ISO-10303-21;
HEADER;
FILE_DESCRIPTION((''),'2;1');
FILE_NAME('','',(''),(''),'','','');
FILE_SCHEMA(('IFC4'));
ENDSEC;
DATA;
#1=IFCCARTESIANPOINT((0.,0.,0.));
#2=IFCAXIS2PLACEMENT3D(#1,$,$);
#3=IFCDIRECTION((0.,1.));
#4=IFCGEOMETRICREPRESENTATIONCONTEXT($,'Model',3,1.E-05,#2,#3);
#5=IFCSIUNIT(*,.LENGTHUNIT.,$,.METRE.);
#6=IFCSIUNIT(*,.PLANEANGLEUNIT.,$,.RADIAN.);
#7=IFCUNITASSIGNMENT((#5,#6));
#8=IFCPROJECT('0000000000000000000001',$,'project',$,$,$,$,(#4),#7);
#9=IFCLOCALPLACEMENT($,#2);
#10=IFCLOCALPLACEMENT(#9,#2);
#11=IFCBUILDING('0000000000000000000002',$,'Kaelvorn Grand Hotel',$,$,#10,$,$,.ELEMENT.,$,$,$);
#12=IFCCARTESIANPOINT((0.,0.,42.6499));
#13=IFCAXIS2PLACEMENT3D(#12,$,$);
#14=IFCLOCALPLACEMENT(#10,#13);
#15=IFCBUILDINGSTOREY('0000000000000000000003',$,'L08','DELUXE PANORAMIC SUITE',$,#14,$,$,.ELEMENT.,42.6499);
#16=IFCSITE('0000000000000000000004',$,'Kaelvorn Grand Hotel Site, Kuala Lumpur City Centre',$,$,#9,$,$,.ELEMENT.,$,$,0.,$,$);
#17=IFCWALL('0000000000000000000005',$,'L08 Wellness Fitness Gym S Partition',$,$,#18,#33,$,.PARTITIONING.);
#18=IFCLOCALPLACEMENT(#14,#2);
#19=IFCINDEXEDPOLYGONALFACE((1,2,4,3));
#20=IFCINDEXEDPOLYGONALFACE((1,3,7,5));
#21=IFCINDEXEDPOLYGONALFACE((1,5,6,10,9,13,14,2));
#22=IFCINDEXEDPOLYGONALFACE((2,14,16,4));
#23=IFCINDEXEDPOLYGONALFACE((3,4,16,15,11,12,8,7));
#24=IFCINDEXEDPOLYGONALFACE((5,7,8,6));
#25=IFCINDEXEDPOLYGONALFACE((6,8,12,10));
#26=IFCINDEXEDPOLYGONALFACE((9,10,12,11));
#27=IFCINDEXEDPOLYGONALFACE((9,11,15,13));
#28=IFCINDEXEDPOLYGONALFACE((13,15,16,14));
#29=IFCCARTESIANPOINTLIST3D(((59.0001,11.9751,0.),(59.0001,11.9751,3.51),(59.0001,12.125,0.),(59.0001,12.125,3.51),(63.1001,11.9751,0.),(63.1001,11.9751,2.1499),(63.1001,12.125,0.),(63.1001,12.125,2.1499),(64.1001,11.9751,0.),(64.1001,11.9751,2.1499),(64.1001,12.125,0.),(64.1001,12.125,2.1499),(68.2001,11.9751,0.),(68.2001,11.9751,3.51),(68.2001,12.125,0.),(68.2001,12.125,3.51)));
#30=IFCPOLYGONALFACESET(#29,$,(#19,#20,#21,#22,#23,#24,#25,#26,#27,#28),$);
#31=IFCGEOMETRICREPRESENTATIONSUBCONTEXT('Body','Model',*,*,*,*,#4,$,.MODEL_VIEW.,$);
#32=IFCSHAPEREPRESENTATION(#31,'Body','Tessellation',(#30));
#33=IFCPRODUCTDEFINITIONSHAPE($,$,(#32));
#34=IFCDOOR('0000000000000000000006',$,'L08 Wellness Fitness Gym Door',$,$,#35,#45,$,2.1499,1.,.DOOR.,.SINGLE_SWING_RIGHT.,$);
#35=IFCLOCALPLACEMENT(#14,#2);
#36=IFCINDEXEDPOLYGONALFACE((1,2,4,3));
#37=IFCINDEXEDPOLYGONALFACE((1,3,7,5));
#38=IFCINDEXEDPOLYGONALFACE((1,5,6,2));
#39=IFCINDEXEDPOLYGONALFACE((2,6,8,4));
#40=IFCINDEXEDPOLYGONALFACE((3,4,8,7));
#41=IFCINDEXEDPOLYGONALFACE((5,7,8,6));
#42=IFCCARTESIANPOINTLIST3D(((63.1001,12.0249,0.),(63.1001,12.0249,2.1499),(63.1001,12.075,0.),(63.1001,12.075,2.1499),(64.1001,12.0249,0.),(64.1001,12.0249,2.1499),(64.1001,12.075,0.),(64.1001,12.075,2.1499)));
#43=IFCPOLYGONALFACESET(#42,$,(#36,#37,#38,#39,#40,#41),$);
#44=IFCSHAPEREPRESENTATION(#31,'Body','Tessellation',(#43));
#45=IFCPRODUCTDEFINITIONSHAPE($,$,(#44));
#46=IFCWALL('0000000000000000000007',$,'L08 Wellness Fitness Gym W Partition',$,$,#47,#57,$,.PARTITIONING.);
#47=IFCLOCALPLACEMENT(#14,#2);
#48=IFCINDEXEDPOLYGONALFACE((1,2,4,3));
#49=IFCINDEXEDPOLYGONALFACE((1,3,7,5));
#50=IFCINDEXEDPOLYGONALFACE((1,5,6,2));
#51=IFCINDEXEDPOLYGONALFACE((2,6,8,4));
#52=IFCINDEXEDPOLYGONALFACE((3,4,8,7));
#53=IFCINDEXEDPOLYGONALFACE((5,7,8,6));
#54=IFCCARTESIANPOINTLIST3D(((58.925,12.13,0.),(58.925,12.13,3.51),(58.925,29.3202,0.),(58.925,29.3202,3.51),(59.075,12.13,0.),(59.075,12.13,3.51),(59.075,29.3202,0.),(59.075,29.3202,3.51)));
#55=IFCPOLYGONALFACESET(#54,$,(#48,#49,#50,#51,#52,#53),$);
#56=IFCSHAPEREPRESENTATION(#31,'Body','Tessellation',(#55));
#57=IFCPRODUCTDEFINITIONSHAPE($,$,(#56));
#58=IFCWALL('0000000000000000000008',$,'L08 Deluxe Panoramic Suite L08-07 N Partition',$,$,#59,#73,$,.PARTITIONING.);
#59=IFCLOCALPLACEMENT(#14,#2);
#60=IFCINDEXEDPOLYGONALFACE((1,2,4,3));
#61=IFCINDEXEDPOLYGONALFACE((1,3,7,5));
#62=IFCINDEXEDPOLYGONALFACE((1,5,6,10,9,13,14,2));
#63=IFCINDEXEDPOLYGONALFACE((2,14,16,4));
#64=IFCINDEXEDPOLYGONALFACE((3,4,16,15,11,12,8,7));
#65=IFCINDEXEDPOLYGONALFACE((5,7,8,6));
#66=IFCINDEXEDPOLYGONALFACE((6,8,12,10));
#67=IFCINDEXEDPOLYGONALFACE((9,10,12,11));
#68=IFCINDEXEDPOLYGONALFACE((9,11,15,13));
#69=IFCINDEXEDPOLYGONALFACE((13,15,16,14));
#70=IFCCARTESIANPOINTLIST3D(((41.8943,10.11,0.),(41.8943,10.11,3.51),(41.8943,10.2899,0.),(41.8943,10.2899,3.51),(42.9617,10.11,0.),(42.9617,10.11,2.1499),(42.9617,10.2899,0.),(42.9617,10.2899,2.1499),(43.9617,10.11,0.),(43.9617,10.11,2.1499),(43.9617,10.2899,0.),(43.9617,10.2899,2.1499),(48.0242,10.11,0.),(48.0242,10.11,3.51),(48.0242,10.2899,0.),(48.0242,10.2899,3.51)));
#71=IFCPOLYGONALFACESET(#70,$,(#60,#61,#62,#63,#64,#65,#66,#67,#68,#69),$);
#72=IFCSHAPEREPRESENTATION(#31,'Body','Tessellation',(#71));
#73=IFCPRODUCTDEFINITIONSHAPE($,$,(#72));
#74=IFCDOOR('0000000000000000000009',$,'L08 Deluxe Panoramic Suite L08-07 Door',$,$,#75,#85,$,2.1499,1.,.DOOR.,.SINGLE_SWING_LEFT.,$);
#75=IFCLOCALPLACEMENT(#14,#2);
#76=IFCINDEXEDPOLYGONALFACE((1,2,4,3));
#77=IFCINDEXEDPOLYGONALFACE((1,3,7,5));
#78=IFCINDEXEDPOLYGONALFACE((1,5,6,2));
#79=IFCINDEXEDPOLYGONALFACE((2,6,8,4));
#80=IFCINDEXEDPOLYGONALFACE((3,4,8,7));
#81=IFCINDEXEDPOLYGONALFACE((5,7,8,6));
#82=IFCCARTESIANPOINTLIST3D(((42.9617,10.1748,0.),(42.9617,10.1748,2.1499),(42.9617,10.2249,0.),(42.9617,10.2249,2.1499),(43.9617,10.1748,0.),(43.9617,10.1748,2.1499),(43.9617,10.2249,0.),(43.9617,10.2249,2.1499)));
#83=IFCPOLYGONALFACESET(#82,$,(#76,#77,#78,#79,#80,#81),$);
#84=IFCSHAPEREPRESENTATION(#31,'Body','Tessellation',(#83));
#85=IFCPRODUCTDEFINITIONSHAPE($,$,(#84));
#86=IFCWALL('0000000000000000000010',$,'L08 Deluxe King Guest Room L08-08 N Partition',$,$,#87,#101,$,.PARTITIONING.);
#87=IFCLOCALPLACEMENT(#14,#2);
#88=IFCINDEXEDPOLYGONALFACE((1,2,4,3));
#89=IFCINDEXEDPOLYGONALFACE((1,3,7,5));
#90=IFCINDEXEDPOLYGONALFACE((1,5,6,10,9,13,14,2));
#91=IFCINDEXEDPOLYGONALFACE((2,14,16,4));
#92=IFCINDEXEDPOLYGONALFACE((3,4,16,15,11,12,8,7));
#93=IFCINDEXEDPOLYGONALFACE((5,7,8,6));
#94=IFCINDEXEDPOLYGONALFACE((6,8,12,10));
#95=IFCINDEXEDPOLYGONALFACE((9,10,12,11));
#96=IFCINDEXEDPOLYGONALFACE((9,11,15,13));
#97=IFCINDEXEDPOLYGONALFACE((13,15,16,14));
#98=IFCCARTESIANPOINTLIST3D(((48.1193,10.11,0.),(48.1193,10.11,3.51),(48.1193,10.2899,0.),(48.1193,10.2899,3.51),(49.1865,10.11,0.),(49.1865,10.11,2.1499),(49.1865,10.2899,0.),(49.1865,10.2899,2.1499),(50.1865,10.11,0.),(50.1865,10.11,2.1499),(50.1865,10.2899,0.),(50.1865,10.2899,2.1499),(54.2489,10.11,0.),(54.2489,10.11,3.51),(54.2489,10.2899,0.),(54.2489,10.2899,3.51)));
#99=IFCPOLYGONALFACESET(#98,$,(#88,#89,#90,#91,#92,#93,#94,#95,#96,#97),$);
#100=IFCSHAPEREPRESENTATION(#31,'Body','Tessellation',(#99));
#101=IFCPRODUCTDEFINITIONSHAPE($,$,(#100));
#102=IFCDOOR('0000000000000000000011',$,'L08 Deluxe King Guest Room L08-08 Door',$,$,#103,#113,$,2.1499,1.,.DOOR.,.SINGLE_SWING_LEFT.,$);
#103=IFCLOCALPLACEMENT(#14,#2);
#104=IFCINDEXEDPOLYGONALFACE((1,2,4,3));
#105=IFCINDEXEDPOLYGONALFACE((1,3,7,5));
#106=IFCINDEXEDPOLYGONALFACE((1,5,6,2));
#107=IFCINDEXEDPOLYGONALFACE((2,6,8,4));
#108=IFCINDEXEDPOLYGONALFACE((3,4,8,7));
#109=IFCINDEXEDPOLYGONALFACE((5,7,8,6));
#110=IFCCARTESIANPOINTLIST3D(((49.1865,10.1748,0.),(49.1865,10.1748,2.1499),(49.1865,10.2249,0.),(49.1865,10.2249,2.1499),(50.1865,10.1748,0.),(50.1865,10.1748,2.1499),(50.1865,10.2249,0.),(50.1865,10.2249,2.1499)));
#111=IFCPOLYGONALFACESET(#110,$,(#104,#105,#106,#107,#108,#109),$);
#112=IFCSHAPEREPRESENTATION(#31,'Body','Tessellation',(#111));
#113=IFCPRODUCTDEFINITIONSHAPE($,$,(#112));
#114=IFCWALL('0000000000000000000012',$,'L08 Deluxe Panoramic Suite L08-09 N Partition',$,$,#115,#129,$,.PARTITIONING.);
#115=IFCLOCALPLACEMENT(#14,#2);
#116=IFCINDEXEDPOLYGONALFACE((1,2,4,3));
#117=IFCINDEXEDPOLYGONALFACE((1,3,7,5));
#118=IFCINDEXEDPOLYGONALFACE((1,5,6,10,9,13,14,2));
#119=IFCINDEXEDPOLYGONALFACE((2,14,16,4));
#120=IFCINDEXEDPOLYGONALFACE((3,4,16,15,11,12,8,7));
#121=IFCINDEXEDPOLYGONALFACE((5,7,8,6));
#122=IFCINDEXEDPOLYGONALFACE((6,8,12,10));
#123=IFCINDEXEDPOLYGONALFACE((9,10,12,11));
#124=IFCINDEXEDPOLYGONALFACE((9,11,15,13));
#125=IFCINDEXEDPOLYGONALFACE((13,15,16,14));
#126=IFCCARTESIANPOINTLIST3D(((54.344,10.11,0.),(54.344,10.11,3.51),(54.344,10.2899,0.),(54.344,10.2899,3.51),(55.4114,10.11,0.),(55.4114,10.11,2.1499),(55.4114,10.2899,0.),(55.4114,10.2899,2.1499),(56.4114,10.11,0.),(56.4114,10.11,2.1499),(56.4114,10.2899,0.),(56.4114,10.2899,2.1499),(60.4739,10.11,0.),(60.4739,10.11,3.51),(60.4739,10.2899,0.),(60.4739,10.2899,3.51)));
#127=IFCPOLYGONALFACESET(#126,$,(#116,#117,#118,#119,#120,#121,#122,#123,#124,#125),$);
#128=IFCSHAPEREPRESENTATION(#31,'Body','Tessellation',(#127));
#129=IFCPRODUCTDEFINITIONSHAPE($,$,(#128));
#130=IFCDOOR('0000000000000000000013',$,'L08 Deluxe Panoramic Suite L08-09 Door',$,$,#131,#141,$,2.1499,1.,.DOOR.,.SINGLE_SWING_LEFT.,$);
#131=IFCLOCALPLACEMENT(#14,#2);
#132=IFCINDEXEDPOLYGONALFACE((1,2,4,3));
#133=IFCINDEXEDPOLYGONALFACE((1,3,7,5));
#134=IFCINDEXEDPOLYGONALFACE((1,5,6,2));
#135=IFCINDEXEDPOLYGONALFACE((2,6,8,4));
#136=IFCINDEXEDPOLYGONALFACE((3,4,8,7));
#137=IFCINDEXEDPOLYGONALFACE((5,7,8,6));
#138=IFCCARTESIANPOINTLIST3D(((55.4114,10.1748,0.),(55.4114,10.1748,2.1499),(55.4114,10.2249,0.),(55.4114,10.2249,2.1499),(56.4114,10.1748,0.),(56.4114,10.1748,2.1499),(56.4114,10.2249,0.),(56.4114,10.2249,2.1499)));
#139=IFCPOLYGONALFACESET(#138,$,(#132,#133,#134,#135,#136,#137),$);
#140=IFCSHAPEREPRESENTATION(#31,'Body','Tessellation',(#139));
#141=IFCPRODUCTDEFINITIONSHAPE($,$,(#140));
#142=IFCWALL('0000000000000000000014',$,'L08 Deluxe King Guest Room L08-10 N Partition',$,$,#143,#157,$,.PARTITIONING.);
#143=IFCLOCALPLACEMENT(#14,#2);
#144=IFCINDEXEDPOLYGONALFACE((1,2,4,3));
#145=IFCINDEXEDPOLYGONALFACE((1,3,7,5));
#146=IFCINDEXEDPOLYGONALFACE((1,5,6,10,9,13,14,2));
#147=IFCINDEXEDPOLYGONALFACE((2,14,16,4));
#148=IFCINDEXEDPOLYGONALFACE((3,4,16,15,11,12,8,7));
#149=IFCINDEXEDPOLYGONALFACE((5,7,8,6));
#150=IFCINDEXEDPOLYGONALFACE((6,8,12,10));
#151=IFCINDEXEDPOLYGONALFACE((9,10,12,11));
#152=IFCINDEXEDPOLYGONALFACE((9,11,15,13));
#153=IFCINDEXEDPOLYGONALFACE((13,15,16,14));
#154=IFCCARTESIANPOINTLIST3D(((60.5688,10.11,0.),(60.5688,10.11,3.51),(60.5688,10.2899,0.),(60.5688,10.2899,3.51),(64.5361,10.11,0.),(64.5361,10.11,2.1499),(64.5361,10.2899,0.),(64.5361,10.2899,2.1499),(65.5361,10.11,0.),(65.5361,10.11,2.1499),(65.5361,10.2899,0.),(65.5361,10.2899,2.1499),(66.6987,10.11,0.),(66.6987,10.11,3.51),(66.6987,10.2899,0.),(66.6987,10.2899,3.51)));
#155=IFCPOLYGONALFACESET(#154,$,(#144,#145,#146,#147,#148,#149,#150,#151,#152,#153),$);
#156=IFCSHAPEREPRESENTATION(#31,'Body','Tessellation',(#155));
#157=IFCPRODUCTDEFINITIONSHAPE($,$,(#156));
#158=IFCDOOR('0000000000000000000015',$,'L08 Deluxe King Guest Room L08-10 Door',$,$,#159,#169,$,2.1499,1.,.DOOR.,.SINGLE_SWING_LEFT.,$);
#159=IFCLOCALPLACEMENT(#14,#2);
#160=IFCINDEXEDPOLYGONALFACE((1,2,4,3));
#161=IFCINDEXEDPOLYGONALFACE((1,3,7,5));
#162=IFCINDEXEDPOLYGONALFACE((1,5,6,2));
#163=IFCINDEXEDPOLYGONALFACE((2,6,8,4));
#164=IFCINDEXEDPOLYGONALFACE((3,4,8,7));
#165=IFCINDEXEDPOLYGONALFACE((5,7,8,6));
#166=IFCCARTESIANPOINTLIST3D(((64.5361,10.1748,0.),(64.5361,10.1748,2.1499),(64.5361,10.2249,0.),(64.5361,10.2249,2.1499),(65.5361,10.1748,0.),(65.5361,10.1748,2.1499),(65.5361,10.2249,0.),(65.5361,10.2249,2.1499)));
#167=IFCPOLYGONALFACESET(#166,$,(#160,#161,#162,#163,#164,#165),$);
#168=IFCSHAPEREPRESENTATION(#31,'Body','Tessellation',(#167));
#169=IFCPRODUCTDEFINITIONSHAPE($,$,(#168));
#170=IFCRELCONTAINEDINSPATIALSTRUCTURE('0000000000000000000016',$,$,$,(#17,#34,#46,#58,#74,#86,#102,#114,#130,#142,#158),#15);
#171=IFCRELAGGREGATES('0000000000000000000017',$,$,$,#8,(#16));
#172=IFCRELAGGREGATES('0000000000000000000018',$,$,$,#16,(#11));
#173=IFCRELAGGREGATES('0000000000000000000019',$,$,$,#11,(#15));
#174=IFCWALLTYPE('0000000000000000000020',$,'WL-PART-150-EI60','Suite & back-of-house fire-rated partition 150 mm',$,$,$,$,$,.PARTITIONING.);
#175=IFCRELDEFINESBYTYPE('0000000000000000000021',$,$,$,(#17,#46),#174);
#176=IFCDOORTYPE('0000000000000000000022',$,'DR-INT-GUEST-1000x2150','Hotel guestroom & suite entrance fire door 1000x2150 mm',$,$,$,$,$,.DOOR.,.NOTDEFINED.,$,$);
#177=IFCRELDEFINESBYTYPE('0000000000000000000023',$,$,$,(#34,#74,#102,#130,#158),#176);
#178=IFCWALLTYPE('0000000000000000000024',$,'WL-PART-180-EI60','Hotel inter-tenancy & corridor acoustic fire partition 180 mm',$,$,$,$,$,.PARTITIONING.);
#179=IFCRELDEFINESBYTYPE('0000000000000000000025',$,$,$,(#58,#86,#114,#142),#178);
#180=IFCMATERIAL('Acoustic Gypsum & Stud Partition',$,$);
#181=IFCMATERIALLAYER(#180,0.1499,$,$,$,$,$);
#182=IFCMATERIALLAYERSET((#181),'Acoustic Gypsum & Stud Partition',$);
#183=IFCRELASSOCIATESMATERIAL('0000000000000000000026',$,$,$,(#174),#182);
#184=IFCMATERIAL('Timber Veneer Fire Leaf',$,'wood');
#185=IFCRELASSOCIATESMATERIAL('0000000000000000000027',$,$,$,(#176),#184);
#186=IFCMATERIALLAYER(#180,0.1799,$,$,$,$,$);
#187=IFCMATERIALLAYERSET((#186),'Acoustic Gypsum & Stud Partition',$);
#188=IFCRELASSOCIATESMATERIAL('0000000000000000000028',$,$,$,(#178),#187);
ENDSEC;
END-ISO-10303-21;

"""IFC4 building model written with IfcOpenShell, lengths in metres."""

from ifc_helpers import new_model, si_unit, direction, frame, frame_2d, origin, place, context, subcontext, project, spatial, rectangle, extrude, material, layer, layer_set, type_object, element, fill, save


model = new_model("IFC4")

# Units and contexts
model_context = context("Model", 3, precision=1e-05, world=origin(), true_north=direction((0.0, 1.0)))
body_context = subcontext(model_context, "Body", "Model", "MODEL_VIEW")
ifc_project = project(units=[si_unit("LENGTHUNIT", "METRE"), si_unit("PLANEANGLEUNIT", "RADIAN")], contexts=[model_context])

# Site, building, storey
site_placement = place(None, origin())
site = spatial("IfcSite", under=ifc_project, at=site_placement, Name="Kaelvorn Grand Hotel Site, Kuala Lumpur City Centre", CompositionType="ELEMENT", RefElevation=0.0)
building_placement = place(site_placement, origin())
building = spatial("IfcBuilding", under=site, at=building_placement, Name="Kaelvorn Grand Hotel", CompositionType="ELEMENT")
storey_placement = place(building_placement, frame((0.0, 0.0, 42.6499)))
storey = spatial("IfcBuildingStorey", under=building, at=storey_placement, Name="L08", Description="DELUXE PANORAMIC SUITE", CompositionType="ELEMENT", Elevation=42.6499)

# Shared definitions
ifc_material_1 = material(Name="Acoustic Gypsum & Stud Partition")
ifc_layer_1 = layer(ifc_material_1, 0.1499)
ifc_layer_set_1 = layer_set([ifc_layer_1], Name="Acoustic Gypsum & Stud Partition")
wall_type_1 = type_object("IfcWallType", Name="WL-PART-150-EI60", Description="Suite & back-of-house fire-rated partition 150 mm", PredefinedType="PARTITIONING", material=ifc_layer_set_1)

# Wall, opening, door
wall_1_placement = place(storey_placement, frame((59.0, 12.05, 0.0), z_axis=(0.0, 0.0, 1.0), x_axis=(1.0, 0.0, 0.0)))
wall_1 = element("IfcWall", 1, at=wall_1_placement, inside=storey, type_object=wall_type_1, Name="L08 Wellness Fitness Gym S Partition", PredefinedType="PARTITIONING", context=body_context, shape_type="SweptSolid", body=[
    extrude(rectangle(XDim=9.2, YDim=0.1499, at=frame_2d((4.6001, 0.0))), origin(), (0.0, 0.0, 1.0), 3.51),
])
opening_1_placement = place(wall_1_placement, frame((4.1001, 0.0, 0.0)))
opening_1 = element("IfcOpeningElement", 2, at=opening_1_placement, cuts=wall_1, PredefinedType="OPENING", context=body_context, shape_type="SweptSolid", body=[
    extrude(rectangle(XDim=1.0, YDim=2.1499, at=frame_2d((0.5, 1.075))), frame((0.0, 0.085, 0.0), z_axis=(0.0, -1.0, 0.0), x_axis=(1.0, 0.0, 0.0)), (0.0, 0.0, 1.0), 0.1699),
])
ifc_material_2 = material(Name="Timber Veneer Fire Leaf", Category="wood")
door_type_1 = type_object("IfcDoorType", Name="DR-INT-GUEST-1000x2150", Description="Hotel guestroom & suite entrance fire door 1000x2150 mm", OperationType="NOTDEFINED", PredefinedType="DOOR", material=ifc_material_2)
door_1_placement = place(opening_1_placement, origin())
door_1 = element("IfcDoor", 3, at=door_1_placement, inside=storey, type_object=door_type_1, Name="L08 Wellness Fitness Gym Door", OperationType="SINGLE_SWING_RIGHT", OverallHeight=2.1499, OverallWidth=1.0, PredefinedType="DOOR", context=body_context, shape_type="SweptSolid", body=[
    extrude(rectangle(XDim=1.0, YDim=2.1499, at=frame_2d((0.5, 1.075))), frame((0.0, 0.0249, 0.0), z_axis=(0.0, -1.0, 0.0), x_axis=(1.0, 0.0, 0.0)), (0.0, 0.0, 1.0), 0.05),
])
fill(opening_1, door_1)

# Wall
wall_2_placement = place(storey_placement, frame((59.0, 12.1299, 0.0), z_axis=(0.0, 0.0, 1.0), x_axis=(0.0, 1.0, 0.0)))
element("IfcWall", 4, at=wall_2_placement, inside=storey, type_object=wall_type_1, Name="L08 Wellness Fitness Gym W Partition", PredefinedType="PARTITIONING", context=body_context, shape_type="SweptSolid", body=[
    extrude(rectangle(XDim=17.1902, YDim=0.1499, at=frame_2d((8.5952, 0.0))), origin(), (0.0, 0.0, 1.0), 3.51),
])

# Walls, openings, doors
ifc_layer_2 = layer(ifc_material_1, 0.1799)
ifc_layer_set_2 = layer_set([ifc_layer_2], Name="Acoustic Gypsum & Stud Partition")
wall_type_2 = type_object("IfcWallType", Name="WL-PART-180-EI60", Description="Hotel inter-tenancy & corridor acoustic fire partition 180 mm", PredefinedType="PARTITIONING", material=ifc_layer_set_2)
wall_3_placement = place(storey_placement, frame((41.8943, 10.2, 0.0), z_axis=(0.0, 0.0, 1.0), x_axis=(1.0, 0.0, 0.0)))
wall_3 = element("IfcWall", 5, at=wall_3_placement, inside=storey, type_object=wall_type_2, Name="L08 Deluxe Panoramic Suite L08-07 N Partition", PredefinedType="PARTITIONING", context=body_context, shape_type="SweptSolid", body=[
    extrude(rectangle(XDim=6.1299, YDim=0.1799, at=frame_2d((3.0649, 0.0))), origin(), (0.0, 0.0, 1.0), 3.51),
])
opening_2_placement = place(wall_3_placement, frame((1.0674, 0.0, 0.0)))
opening_2 = element("IfcOpeningElement", 6, at=opening_2_placement, cuts=wall_3, PredefinedType="OPENING", context=body_context, shape_type="SweptSolid", body=[
    extrude(rectangle(XDim=1.0, YDim=2.1499, at=frame_2d((0.5, 1.075))), frame((0.0, 0.1001, 0.0), z_axis=(0.0, -1.0, 0.0), x_axis=(1.0, 0.0, 0.0)), (0.0, 0.0, 1.0), 0.2),
])
door_2_placement = place(opening_2_placement, origin())
door_2 = element("IfcDoor", 7, at=door_2_placement, inside=storey, type_object=door_type_1, Name="L08 Deluxe Panoramic Suite L08-07 Door", OperationType="SINGLE_SWING_LEFT", OverallHeight=2.1499, OverallWidth=1.0, PredefinedType="DOOR", context=body_context, shape_type="SweptSolid", body=[
    extrude(rectangle(XDim=1.0, YDim=2.1499, at=frame_2d((0.5, 1.075))), frame((0.0, 0.0249, 0.0), z_axis=(0.0, -1.0, 0.0), x_axis=(1.0, 0.0, 0.0)), (0.0, 0.0, 1.0), 0.05),
])
fill(opening_2, door_2)
wall_4_placement = place(storey_placement, frame((48.1191, 10.2, 0.0), z_axis=(0.0, 0.0, 1.0), x_axis=(1.0, 0.0, 0.0)))
wall_4 = element("IfcWall", 8, at=wall_4_placement, inside=storey, type_object=wall_type_2, Name="L08 Deluxe King Guest Room L08-08 N Partition", PredefinedType="PARTITIONING", context=body_context, shape_type="SweptSolid", body=[
    extrude(rectangle(XDim=6.1296, YDim=0.1799, at=frame_2d((3.0649, 0.0))), origin(), (0.0, 0.0, 1.0), 3.51),
])
opening_3_placement = place(wall_4_placement, frame((1.0674, 0.0, 0.0)))
opening_3 = element("IfcOpeningElement", 9, at=opening_3_placement, cuts=wall_4, PredefinedType="OPENING", context=body_context, shape_type="SweptSolid", body=[
    extrude(rectangle(XDim=1.0, YDim=2.1499, at=frame_2d((0.5, 1.075))), frame((0.0, 0.1001, 0.0), z_axis=(0.0, -1.0, 0.0), x_axis=(1.0, 0.0, 0.0)), (0.0, 0.0, 1.0), 0.2),
])
door_3_placement = place(opening_3_placement, origin())
door_3 = element("IfcDoor", 10, at=door_3_placement, inside=storey, type_object=door_type_1, Name="L08 Deluxe King Guest Room L08-08 Door", OperationType="SINGLE_SWING_LEFT", OverallHeight=2.1499, OverallWidth=1.0, PredefinedType="DOOR", context=body_context, shape_type="SweptSolid", body=[
    extrude(rectangle(XDim=1.0, YDim=2.1499, at=frame_2d((0.5, 1.075))), frame((0.0, 0.0249, 0.0), z_axis=(0.0, -1.0, 0.0), x_axis=(1.0, 0.0, 0.0)), (0.0, 0.0, 1.0), 0.05),
])
fill(opening_3, door_3)
wall_5_placement = place(storey_placement, frame((54.344, 10.2, 0.0), z_axis=(0.0, 0.0, 1.0), x_axis=(1.0, 0.0, 0.0)))
wall_5 = element("IfcWall", 11, at=wall_5_placement, inside=storey, type_object=wall_type_2, Name="L08 Deluxe Panoramic Suite L08-09 N Partition", PredefinedType="PARTITIONING", context=body_context, shape_type="SweptSolid", body=[
    extrude(rectangle(XDim=6.1299, YDim=0.1799, at=frame_2d((3.0649, 0.0))), origin(), (0.0, 0.0, 1.0), 3.51),
])
opening_4_placement = place(wall_5_placement, frame((1.0674, 0.0, 0.0)))
opening_4 = element("IfcOpeningElement", 12, at=opening_4_placement, cuts=wall_5, PredefinedType="OPENING", context=body_context, shape_type="SweptSolid", body=[
    extrude(rectangle(XDim=1.0, YDim=2.1499, at=frame_2d((0.5, 1.075))), frame((0.0, 0.1001, 0.0), z_axis=(0.0, -1.0, 0.0), x_axis=(1.0, 0.0, 0.0)), (0.0, 0.0, 1.0), 0.2),
])
door_4_placement = place(opening_4_placement, origin())
door_4 = element("IfcDoor", 13, at=door_4_placement, inside=storey, type_object=door_type_1, Name="L08 Deluxe Panoramic Suite L08-09 Door", OperationType="SINGLE_SWING_LEFT", OverallHeight=2.1499, OverallWidth=1.0, PredefinedType="DOOR", context=body_context, shape_type="SweptSolid", body=[
    extrude(rectangle(XDim=1.0, YDim=2.1499, at=frame_2d((0.5, 1.075))), frame((0.0, 0.0249, 0.0), z_axis=(0.0, -1.0, 0.0), x_axis=(1.0, 0.0, 0.0)), (0.0, 0.0, 1.0), 0.05),
])
fill(opening_4, door_4)
wall_6_placement = place(storey_placement, frame((60.5688, 10.2, 0.0), z_axis=(0.0, 0.0, 1.0), x_axis=(1.0, 0.0, 0.0)))
wall_6 = element("IfcWall", 14, at=wall_6_placement, inside=storey, type_object=wall_type_2, Name="L08 Deluxe King Guest Room L08-10 N Partition", PredefinedType="PARTITIONING", context=body_context, shape_type="SweptSolid", body=[
    extrude(rectangle(XDim=6.1299, YDim=0.1799, at=frame_2d((3.0649, 0.0))), origin(), (0.0, 0.0, 1.0), 3.51),
])
opening_5_placement = place(wall_6_placement, frame((3.9673, 0.0, 0.0)))
opening_5 = element("IfcOpeningElement", 15, at=opening_5_placement, cuts=wall_6, PredefinedType="OPENING", context=body_context, shape_type="SweptSolid", body=[
    extrude(rectangle(XDim=1.0, YDim=2.1499, at=frame_2d((0.5, 1.075))), frame((0.0, 0.1001, 0.0), z_axis=(0.0, -1.0, 0.0), x_axis=(1.0, 0.0, 0.0)), (0.0, 0.0, 1.0), 0.2),
])
door_5_placement = place(opening_5_placement, origin())
door_5 = element("IfcDoor", 16, at=door_5_placement, inside=storey, type_object=door_type_1, Name="L08 Deluxe King Guest Room L08-10 Door", OperationType="SINGLE_SWING_LEFT", OverallHeight=2.1499, OverallWidth=1.0, PredefinedType="DOOR", context=body_context, shape_type="SweptSolid", body=[
    extrude(rectangle(XDim=1.0, YDim=2.1499, at=frame_2d((0.5, 1.075))), frame((0.0, 0.0249, 0.0), z_axis=(0.0, -1.0, 0.0), x_axis=(1.0, 0.0, 0.0)), (0.0, 0.0, 1.0), 0.05),
])
fill(opening_5, door_5)

save(model, "model.ifc")
